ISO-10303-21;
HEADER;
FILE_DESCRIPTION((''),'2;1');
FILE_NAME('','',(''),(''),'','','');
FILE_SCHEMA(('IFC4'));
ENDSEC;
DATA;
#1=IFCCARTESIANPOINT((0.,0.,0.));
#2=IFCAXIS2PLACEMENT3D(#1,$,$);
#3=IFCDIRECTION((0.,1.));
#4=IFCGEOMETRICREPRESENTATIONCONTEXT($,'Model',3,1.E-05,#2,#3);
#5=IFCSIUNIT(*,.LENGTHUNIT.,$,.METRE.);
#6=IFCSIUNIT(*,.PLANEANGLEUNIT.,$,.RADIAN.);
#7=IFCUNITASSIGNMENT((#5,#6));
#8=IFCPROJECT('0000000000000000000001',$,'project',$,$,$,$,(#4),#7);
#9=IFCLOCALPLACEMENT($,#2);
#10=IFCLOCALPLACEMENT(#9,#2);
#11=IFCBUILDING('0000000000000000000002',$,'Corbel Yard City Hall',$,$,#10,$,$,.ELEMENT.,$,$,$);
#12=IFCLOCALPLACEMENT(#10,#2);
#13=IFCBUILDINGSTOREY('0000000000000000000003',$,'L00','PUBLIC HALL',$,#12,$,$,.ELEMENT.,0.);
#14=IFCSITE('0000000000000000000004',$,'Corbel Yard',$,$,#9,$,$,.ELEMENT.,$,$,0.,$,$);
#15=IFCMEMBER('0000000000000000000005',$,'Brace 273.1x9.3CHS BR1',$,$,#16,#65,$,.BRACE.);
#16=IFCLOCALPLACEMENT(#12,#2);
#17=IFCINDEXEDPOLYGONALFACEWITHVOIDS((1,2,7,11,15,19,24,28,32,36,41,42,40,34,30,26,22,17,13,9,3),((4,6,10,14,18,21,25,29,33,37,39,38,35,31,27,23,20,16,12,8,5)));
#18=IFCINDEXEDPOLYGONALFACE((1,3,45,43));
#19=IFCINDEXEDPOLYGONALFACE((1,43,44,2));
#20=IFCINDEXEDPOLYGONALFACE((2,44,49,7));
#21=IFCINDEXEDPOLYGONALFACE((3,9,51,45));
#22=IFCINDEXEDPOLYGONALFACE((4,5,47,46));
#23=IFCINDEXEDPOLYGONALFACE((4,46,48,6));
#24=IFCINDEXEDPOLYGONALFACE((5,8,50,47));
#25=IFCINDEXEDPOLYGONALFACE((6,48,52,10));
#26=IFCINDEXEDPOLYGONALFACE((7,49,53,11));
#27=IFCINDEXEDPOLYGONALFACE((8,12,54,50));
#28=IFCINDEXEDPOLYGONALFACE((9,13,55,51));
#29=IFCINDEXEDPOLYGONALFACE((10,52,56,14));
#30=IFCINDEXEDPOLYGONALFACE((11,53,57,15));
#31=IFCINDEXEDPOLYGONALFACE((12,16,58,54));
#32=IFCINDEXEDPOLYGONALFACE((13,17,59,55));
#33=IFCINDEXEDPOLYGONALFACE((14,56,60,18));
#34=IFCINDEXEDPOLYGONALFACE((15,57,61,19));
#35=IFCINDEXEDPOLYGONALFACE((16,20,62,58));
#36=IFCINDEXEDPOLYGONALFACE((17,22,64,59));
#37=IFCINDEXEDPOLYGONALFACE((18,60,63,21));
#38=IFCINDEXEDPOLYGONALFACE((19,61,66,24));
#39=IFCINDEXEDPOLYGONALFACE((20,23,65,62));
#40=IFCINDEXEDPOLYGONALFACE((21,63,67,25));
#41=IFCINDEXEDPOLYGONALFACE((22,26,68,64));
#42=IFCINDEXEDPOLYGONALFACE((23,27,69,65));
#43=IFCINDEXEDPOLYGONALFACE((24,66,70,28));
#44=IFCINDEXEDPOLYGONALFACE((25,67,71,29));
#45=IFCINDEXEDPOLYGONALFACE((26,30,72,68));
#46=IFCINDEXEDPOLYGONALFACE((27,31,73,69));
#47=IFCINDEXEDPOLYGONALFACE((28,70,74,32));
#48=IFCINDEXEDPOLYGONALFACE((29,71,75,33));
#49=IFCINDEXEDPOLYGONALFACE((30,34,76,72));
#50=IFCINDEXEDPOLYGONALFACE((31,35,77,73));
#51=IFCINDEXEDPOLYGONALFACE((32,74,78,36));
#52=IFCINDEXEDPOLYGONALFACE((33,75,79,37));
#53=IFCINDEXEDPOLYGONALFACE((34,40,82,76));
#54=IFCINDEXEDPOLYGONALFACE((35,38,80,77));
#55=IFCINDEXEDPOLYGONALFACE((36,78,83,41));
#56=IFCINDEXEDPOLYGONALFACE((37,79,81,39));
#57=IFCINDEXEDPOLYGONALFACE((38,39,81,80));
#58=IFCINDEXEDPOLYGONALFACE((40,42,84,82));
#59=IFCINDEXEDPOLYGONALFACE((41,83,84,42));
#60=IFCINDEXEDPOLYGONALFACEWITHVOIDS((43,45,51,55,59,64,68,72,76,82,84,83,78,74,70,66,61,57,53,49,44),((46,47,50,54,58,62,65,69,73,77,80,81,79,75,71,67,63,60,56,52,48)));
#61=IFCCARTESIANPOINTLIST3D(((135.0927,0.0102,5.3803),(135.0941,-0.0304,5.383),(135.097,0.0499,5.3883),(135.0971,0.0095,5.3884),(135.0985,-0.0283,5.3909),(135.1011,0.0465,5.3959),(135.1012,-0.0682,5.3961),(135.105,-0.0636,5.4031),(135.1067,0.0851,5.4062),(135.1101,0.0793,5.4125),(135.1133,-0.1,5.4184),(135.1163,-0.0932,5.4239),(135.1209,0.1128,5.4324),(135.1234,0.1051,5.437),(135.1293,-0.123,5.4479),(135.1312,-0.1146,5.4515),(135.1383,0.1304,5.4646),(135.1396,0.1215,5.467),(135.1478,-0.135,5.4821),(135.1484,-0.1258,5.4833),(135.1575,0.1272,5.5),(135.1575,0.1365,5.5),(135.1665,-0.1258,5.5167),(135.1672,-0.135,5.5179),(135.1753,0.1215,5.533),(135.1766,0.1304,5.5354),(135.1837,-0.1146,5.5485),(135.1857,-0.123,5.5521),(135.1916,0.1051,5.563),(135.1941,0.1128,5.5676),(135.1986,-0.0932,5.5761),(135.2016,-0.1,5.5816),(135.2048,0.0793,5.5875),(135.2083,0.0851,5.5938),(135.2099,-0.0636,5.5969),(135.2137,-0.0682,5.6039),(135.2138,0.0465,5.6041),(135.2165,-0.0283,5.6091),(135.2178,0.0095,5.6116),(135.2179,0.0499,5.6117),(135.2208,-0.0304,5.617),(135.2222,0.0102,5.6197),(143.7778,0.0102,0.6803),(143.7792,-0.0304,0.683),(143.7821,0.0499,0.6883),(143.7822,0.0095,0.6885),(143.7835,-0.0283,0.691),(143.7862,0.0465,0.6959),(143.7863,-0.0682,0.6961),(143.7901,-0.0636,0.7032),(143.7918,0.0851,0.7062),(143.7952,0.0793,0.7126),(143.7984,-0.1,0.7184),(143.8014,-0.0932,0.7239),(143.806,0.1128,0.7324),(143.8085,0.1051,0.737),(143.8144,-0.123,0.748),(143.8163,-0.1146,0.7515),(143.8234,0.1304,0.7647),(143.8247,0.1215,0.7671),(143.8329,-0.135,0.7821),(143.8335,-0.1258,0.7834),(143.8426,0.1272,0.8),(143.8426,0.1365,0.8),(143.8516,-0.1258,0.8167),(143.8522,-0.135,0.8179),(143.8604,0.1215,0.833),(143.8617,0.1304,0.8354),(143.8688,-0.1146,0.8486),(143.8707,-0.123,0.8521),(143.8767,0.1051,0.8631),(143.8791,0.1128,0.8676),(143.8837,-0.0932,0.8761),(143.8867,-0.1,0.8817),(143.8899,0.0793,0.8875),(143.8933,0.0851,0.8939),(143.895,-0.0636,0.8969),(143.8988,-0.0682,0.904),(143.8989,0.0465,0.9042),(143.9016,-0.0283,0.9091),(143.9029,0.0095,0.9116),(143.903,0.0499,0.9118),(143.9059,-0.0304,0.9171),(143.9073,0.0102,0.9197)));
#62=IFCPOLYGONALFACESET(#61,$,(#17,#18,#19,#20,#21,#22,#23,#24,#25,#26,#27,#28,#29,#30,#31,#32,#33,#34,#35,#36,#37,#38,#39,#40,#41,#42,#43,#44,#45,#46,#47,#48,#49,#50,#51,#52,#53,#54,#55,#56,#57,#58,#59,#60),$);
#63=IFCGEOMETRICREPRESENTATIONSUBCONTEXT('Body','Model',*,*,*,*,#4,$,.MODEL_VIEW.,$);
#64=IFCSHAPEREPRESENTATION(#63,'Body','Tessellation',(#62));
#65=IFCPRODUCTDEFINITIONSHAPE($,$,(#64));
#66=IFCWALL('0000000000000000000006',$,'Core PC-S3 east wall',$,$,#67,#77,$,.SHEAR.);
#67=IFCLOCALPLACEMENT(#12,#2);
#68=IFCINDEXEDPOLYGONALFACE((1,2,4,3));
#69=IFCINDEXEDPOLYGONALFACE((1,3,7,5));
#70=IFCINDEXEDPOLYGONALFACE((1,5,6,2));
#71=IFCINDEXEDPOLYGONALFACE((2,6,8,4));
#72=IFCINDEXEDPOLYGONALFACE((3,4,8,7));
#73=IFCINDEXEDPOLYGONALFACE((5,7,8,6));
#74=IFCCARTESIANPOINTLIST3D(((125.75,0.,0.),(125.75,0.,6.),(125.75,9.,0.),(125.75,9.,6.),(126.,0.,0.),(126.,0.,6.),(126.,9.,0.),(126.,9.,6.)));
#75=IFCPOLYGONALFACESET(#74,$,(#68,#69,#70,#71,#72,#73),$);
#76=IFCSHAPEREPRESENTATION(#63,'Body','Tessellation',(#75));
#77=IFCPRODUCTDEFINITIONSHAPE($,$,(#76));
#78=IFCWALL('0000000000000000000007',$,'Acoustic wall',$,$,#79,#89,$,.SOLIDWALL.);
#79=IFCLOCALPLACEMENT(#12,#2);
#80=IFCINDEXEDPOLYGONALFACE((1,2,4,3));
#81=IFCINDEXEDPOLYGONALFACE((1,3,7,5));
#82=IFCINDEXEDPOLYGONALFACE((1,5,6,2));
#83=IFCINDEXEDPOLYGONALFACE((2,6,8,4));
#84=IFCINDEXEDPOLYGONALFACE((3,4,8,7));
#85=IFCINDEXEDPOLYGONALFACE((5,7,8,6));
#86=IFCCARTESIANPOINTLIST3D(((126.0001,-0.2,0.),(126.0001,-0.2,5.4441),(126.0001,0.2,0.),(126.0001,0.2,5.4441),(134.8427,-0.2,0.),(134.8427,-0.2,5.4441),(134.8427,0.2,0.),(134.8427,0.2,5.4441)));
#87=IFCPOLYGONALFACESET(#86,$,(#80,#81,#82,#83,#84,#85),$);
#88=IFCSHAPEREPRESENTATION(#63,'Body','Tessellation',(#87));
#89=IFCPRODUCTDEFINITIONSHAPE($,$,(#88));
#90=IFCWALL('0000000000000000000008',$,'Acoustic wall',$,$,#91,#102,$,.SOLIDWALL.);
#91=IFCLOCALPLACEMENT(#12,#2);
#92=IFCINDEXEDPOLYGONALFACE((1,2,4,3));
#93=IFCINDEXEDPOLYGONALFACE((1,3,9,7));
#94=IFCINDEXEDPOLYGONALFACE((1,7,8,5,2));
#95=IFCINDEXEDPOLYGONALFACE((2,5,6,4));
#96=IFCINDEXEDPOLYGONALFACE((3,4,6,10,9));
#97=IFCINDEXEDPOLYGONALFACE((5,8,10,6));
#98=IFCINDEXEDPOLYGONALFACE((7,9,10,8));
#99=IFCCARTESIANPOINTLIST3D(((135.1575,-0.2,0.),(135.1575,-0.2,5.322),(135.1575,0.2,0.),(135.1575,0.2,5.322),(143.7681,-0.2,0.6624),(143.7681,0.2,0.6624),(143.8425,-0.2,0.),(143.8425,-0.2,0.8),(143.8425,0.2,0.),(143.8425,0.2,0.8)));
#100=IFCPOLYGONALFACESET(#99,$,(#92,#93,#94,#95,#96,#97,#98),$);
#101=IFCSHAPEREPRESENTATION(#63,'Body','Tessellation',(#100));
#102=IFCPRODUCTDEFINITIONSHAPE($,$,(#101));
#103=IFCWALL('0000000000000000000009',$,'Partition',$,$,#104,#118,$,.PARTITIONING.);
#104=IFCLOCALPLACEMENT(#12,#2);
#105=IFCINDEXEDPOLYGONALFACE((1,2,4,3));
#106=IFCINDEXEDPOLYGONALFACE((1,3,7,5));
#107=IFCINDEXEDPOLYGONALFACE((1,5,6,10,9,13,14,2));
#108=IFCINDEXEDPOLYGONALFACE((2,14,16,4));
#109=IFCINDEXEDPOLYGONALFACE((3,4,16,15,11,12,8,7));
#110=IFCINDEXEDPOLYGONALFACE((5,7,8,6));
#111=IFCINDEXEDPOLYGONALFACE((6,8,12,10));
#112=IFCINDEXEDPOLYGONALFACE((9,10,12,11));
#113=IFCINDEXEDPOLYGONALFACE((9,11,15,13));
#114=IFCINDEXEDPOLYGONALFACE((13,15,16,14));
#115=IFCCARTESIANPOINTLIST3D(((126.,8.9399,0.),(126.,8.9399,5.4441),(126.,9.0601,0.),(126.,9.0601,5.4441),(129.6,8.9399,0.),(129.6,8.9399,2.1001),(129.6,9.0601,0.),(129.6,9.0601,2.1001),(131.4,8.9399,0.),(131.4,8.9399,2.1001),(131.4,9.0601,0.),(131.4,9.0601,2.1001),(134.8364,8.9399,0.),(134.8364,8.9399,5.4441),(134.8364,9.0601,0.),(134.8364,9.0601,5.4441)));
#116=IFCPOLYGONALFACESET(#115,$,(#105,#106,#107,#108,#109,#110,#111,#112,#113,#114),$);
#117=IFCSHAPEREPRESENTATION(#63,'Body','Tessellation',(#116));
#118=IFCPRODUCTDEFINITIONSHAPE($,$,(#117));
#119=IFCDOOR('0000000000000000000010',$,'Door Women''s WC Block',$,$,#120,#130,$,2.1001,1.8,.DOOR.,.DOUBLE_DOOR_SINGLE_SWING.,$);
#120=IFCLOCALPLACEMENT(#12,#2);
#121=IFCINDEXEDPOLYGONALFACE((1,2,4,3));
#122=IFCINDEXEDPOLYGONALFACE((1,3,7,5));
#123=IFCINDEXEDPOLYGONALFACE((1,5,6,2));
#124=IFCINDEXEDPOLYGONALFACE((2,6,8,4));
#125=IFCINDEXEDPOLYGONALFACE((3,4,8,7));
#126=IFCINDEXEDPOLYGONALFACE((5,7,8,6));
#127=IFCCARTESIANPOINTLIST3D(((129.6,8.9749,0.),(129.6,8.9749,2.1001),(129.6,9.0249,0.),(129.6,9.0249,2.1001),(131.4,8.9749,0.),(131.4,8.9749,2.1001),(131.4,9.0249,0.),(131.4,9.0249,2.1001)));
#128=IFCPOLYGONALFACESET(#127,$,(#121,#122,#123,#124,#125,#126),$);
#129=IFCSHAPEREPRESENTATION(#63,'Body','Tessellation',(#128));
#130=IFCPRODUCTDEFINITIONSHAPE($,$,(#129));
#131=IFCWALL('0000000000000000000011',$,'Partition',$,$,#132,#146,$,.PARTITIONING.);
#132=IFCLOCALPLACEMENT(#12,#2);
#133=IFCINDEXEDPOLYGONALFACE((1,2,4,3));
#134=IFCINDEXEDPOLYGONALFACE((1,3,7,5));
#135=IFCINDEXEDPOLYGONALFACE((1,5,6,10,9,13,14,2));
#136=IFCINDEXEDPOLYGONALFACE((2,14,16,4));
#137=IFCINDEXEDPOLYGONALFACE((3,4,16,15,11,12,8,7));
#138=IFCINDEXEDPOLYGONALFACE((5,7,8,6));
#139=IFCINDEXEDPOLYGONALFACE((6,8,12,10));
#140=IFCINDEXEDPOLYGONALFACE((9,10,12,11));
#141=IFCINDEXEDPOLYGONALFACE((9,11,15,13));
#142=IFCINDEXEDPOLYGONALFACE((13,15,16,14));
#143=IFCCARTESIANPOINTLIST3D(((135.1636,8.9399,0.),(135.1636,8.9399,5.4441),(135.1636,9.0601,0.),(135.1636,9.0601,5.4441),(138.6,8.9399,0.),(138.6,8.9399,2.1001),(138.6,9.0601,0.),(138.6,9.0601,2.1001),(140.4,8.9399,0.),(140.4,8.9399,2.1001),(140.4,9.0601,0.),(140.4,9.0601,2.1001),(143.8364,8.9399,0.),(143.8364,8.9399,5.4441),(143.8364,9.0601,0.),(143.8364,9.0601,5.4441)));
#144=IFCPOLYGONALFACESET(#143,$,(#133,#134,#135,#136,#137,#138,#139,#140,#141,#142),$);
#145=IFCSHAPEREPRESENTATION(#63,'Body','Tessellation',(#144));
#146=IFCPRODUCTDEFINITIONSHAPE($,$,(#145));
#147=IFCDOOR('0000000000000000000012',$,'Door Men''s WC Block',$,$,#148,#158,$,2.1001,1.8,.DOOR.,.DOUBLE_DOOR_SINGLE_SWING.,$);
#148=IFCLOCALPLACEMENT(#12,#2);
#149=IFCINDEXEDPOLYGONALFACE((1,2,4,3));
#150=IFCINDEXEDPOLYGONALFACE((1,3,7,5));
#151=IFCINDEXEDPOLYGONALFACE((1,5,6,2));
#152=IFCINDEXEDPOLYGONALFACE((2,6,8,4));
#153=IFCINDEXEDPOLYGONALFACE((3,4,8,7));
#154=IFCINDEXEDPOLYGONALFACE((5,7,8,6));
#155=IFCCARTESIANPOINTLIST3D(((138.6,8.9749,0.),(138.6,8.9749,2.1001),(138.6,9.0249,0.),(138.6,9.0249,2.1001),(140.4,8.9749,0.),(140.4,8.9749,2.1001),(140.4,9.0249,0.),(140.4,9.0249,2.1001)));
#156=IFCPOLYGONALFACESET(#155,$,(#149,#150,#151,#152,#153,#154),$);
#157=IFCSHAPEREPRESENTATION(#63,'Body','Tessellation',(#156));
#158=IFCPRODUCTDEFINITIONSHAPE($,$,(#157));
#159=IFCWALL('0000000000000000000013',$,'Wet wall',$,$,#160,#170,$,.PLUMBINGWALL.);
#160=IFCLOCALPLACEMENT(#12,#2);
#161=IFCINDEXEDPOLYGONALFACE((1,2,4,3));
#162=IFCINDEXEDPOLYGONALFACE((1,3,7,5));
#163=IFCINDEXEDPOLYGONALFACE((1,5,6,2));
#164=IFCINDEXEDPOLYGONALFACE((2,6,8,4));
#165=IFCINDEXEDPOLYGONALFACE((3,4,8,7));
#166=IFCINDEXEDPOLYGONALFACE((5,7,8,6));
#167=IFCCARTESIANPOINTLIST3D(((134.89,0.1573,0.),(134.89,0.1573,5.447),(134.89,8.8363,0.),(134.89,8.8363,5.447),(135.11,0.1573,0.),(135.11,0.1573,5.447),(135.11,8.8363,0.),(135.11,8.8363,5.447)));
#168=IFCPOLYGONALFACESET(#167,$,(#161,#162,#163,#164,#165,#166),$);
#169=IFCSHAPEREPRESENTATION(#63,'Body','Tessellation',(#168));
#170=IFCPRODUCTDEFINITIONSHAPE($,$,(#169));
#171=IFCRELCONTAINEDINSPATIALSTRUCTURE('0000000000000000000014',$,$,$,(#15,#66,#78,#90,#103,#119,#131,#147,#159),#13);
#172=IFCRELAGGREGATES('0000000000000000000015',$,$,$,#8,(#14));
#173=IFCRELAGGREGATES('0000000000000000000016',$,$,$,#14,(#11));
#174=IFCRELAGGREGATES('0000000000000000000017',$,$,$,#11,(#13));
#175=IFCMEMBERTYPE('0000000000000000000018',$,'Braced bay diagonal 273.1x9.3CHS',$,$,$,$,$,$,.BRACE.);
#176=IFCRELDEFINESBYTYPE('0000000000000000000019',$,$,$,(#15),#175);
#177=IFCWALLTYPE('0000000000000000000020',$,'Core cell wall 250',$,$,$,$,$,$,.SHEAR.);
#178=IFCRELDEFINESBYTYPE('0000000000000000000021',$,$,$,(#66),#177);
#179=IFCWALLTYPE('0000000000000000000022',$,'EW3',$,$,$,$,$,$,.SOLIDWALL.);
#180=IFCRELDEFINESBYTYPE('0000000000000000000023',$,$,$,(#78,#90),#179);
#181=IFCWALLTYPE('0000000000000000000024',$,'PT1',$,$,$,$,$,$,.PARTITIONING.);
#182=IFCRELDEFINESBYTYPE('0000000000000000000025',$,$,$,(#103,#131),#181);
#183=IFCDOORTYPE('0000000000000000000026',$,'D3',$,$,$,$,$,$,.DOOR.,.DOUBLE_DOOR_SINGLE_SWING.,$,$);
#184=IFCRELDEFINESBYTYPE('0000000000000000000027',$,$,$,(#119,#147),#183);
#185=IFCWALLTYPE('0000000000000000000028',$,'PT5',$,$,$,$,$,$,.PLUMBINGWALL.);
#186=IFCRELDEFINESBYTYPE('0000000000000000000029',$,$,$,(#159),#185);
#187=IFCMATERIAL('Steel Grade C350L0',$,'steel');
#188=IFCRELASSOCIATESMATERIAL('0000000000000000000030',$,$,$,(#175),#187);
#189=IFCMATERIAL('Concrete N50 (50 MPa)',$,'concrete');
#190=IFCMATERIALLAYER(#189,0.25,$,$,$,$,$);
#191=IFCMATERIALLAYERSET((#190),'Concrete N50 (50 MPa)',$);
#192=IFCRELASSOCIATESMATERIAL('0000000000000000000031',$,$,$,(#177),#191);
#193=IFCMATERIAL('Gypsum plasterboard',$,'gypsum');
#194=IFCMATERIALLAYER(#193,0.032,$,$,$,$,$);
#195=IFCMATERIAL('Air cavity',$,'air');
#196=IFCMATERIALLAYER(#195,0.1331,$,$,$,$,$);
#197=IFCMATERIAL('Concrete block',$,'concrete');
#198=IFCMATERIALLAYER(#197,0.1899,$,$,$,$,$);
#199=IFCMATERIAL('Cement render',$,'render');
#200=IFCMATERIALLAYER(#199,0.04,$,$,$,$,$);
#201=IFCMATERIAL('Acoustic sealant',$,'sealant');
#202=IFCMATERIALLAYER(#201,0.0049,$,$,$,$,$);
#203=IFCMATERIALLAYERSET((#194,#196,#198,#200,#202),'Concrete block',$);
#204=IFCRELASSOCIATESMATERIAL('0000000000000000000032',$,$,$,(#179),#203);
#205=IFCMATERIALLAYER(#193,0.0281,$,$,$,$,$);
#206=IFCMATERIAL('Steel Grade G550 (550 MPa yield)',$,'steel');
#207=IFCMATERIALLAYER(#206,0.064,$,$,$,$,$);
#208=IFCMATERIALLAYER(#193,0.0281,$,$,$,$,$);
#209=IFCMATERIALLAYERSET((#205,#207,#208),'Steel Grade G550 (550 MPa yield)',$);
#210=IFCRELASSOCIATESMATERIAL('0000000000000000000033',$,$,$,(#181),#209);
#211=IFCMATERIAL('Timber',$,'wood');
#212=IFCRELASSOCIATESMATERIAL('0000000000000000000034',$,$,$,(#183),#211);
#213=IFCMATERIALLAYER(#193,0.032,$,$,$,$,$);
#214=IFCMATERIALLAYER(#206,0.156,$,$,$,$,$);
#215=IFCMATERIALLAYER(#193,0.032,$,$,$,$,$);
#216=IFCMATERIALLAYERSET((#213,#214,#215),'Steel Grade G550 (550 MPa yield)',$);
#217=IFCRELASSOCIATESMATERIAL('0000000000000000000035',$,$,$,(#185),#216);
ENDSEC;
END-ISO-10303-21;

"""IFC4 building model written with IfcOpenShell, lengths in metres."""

from ifc_helpers import new_model, si_unit, direction, frame, frame_2d, origin, origin_2d, place, context, subcontext, project, spatial, polyline, rectangle, hollow_circle, outline, extrude, material, layer, layer_set, material_profile, profile_set, type_object, element, fill, save


model = new_model("IFC4")

# Units and contexts
model_context = context("Model", 3, precision=1e-05, world=origin(), true_north=direction((0.0, 1.0)))
body_context = subcontext(model_context, "Body", "Model", "MODEL_VIEW")
ifc_project = project(units=[si_unit("LENGTHUNIT", "METRE"), si_unit("PLANEANGLEUNIT", "RADIAN")], contexts=[model_context])

# Site, building, storey
site_placement = place(None, origin())
site = spatial("IfcSite", under=ifc_project, at=site_placement, Name="Corbel Yard", CompositionType="ELEMENT", RefElevation=0.0)
building_placement = place(site_placement, origin())
building = spatial("IfcBuilding", under=site, at=building_placement, Name="Corbel Yard City Hall", CompositionType="ELEMENT")
storey_placement = place(building_placement, origin())
storey = spatial("IfcBuildingStorey", under=building, at=storey_placement, Name="L00", Description="PUBLIC HALL", CompositionType="ELEMENT", Elevation=0.0)

# Member
ifc_material_1 = material(Name="Steel Grade C350L0", Category="steel")
ifc_material_profile_1 = material_profile(ifc_material_1, hollow_circle(Radius=0.1365, WallThickness=0.0093, at=origin_2d()), Name="273.1x9.3CHS")
ifc_profile_set_1 = profile_set([ifc_material_profile_1], Name="Steel Grade C350L0")
member_type = type_object("IfcMemberType", Name="Braced bay diagonal 273.1x9.3CHS", PredefinedType="BRACE", material=ifc_profile_set_1)
member_placement = place(storey_placement, frame((135.1575, 0.0, 5.5), z_axis=(0.879481, 0.0, -0.475934), x_axis=(0.0, 1.0, 0.0)))
element("IfcMember", 1, at=member_placement, inside=storey, type_object=member_type, Name="Brace 273.1x9.3CHS BR1", PredefinedType="BRACE", context=body_context, shape_type="SweptSolid", body=[
    extrude(hollow_circle(Radius=0.1365, WallThickness=0.0093, at=origin_2d()), origin(), (0.0, 0.0, 1.0), 9.8752),
])

# Walls
ifc_material_2 = material(Name="Concrete N50 (50 MPa)", Category="concrete")
ifc_layer_1 = layer(ifc_material_2, 0.25)
ifc_layer_set_1 = layer_set([ifc_layer_1], Name="Concrete N50 (50 MPa)")
wall_type_1 = type_object("IfcWallType", Name="Core cell wall 250", PredefinedType="SHEAR", material=ifc_layer_set_1)
wall_1_placement = place(storey_placement, frame((125.875, 0.0, 0.0), z_axis=(0.0, 0.0, 1.0), x_axis=(0.0, 1.0, 0.0)))
element("IfcWall", 2, at=wall_1_placement, inside=storey, type_object=wall_type_1, Name="Core PC-S3 east wall", PredefinedType="SHEAR", context=body_context, shape_type="SweptSolid", body=[
    extrude(rectangle(XDim=9.0, YDim=0.25, at=frame_2d((4.5, 0.0))), origin(), (0.0, 0.0, 1.0), 6.0),
])
ifc_material_3 = material(Name="Gypsum plasterboard", Category="gypsum")
ifc_layer_2 = layer(ifc_material_3, 0.032)
ifc_material_4 = material(Name="Air cavity", Category="air")
ifc_layer_3 = layer(ifc_material_4, 0.1331)
ifc_material_5 = material(Name="Concrete block", Category="concrete")
ifc_layer_4 = layer(ifc_material_5, 0.1899)
ifc_material_6 = material(Name="Cement render", Category="render")
ifc_layer_5 = layer(ifc_material_6, 0.04)
ifc_material_7 = material(Name="Acoustic sealant", Category="sealant")
ifc_layer_6 = layer(ifc_material_7, 0.0049)
ifc_layer_set_2 = layer_set([ifc_layer_2, ifc_layer_3, ifc_layer_4, ifc_layer_5, ifc_layer_6], Name="Concrete block")
wall_type_2 = type_object("IfcWallType", Name="EW3", PredefinedType="SOLIDWALL", material=ifc_layer_set_2)
wall_2_placement = place(storey_placement, frame((126.0, 0.0, 0.0), z_axis=(0.0, 0.0, 1.0), x_axis=(1.0, 0.0, 0.0)))
element("IfcWall", 3, at=wall_2_placement, inside=storey, type_object=wall_type_2, Name="Acoustic wall", PredefinedType="SOLIDWALL", context=body_context, shape_type="SweptSolid", body=[
    extrude(rectangle(XDim=8.8425, YDim=0.3999, at=frame_2d((4.4214, 0.0))), origin(), (0.0, 0.0, 1.0), 5.4441),
])
wall_3_placement = place(storey_placement, frame((135.1575, 0.0, 0.0), z_axis=(0.0, 0.0, 1.0), x_axis=(1.0, 0.0, 0.0)))
element("IfcWall", 4, at=wall_3_placement, inside=storey, type_object=wall_type_2, Name="Acoustic wall", PredefinedType="SOLIDWALL", context=body_context, shape_type="SweptSolid", body=[
    extrude(outline(polyline([(8.6851, 0.0), (0.0, 0.0), (0.0, 5.322), (8.6106, 0.6624), (8.6851, 0.8), (8.6851, 0.0)])), frame((0.0, 0.2, 0.0), z_axis=(0.0, -1.0, 0.0), x_axis=(1.0, 0.0, 0.0)), (0.0, 0.0, 1.0), 0.3999),
])

# Walls, openings, doors
ifc_layer_7 = layer(ifc_material_3, 0.0281)
ifc_material_8 = material(Name="Steel Grade G550 (550 MPa yield)", Category="steel")
ifc_layer_8 = layer(ifc_material_8, 0.064)
ifc_layer_9 = layer(ifc_material_3, 0.0281)
ifc_layer_set_3 = layer_set([ifc_layer_7, ifc_layer_8, ifc_layer_9], Name="Steel Grade G550 (550 MPa yield)")
wall_type_3 = type_object("IfcWallType", Name="PT1", PredefinedType="PARTITIONING", material=ifc_layer_set_3)
wall_4_placement = place(storey_placement, frame((126.0, 9.0, 0.0), z_axis=(0.0, 0.0, 1.0), x_axis=(1.0, 0.0, 0.0)))
wall_4 = element("IfcWall", 5, at=wall_4_placement, inside=storey, type_object=wall_type_3, Name="Partition", PredefinedType="PARTITIONING", context=body_context, shape_type="SweptSolid", body=[
    extrude(rectangle(XDim=8.8364, YDim=0.1201, at=frame_2d((4.4182, 0.0))), origin(), (0.0, 0.0, 1.0), 5.4441),
])
opening_1_placement = place(wall_4_placement, frame((3.6001, 0.0, 0.0)))
opening_1 = element("IfcOpeningElement", 6, at=opening_1_placement, cuts=wall_4, PredefinedType="OPENING", context=body_context, shape_type="SweptSolid", body=[
    extrude(rectangle(XDim=1.8, YDim=2.1001, at=frame_2d((0.8999, 1.05))), frame((0.0, 0.0701, 0.0), z_axis=(0.0, -1.0, 0.0), x_axis=(1.0, 0.0, 0.0)), (0.0, 0.0, 1.0), 0.1401),
])
ifc_material_9 = material(Name="Timber", Category="wood")
door_type = type_object("IfcDoorType", Name="D3", OperationType="DOUBLE_DOOR_SINGLE_SWING", PredefinedType="DOOR", material=ifc_material_9)
door_1_placement = place(opening_1_placement, origin())
door_1 = element("IfcDoor", 7, at=door_1_placement, inside=storey, type_object=door_type, Name="Door Women's WC Block", OperationType="DOUBLE_DOOR_SINGLE_SWING", OverallHeight=2.1001, OverallWidth=1.8, PredefinedType="DOOR", context=body_context, shape_type="SweptSolid", body=[
    extrude(rectangle(XDim=1.8, YDim=2.1001, at=frame_2d((0.8999, 1.05))), frame((0.0, 0.0249, 0.0), z_axis=(0.0, -1.0, 0.0), x_axis=(1.0, 0.0, 0.0)), (0.0, 0.0, 1.0), 0.05),
])
fill(opening_1, door_1)
wall_5_placement = place(storey_placement, frame((135.1636, 9.0, 0.0), z_axis=(0.0, 0.0, 1.0), x_axis=(1.0, 0.0, 0.0)))
wall_5 = element("IfcWall", 8, at=wall_5_placement, inside=storey, type_object=wall_type_3, Name="Partition", PredefinedType="PARTITIONING", context=body_context, shape_type="SweptSolid", body=[
    extrude(rectangle(XDim=8.6729, YDim=0.1201, at=frame_2d((4.3364, 0.0))), origin(), (0.0, 0.0, 1.0), 5.4441),
])
opening_2_placement = place(wall_5_placement, frame((3.4365, 0.0, 0.0)))
opening_2 = element("IfcOpeningElement", 9, at=opening_2_placement, cuts=wall_5, PredefinedType="OPENING", context=body_context, shape_type="SweptSolid", body=[
    extrude(rectangle(XDim=1.8, YDim=2.1001, at=frame_2d((0.8999, 1.05))), frame((0.0, 0.0701, 0.0), z_axis=(0.0, -1.0, 0.0), x_axis=(1.0, 0.0, 0.0)), (0.0, 0.0, 1.0), 0.1401),
])
door_2_placement = place(opening_2_placement, origin())
door_2 = element("IfcDoor", 10, at=door_2_placement, inside=storey, type_object=door_type, Name="Door Men's WC Block", OperationType="DOUBLE_DOOR_SINGLE_SWING", OverallHeight=2.1001, OverallWidth=1.8, PredefinedType="DOOR", context=body_context, shape_type="SweptSolid", body=[
    extrude(rectangle(XDim=1.8, YDim=2.1001, at=frame_2d((0.8999, 1.05))), frame((0.0, 0.0249, 0.0), z_axis=(0.0, -1.0, 0.0), x_axis=(1.0, 0.0, 0.0)), (0.0, 0.0, 1.0), 0.05),
])
fill(opening_2, door_2)

# Wall
ifc_layer_10 = layer(ifc_material_3, 0.032)
ifc_layer_11 = layer(ifc_material_8, 0.156)
ifc_layer_12 = layer(ifc_material_3, 0.032)
ifc_layer_set_4 = layer_set([ifc_layer_10, ifc_layer_11, ifc_layer_12], Name="Steel Grade G550 (550 MPa yield)")
wall_type_4 = type_object("IfcWallType", Name="PT5", PredefinedType="PLUMBINGWALL", material=ifc_layer_set_4)
wall_6_placement = place(storey_placement, frame((135.0, 0.1575, 0.0), z_axis=(0.0, 0.0, 1.0), x_axis=(0.0, 1.0, 0.0)))
element("IfcWall", 11, at=wall_6_placement, inside=storey, type_object=wall_type_4, Name="Wet wall", PredefinedType="PLUMBINGWALL", context=body_context, shape_type="SweptSolid", body=[
    extrude(rectangle(XDim=8.679, YDim=0.22, at=frame_2d((4.3394, 0.0))), origin(), (0.0, 0.0, 1.0), 5.447),
])

save(model, "model.ifc")
